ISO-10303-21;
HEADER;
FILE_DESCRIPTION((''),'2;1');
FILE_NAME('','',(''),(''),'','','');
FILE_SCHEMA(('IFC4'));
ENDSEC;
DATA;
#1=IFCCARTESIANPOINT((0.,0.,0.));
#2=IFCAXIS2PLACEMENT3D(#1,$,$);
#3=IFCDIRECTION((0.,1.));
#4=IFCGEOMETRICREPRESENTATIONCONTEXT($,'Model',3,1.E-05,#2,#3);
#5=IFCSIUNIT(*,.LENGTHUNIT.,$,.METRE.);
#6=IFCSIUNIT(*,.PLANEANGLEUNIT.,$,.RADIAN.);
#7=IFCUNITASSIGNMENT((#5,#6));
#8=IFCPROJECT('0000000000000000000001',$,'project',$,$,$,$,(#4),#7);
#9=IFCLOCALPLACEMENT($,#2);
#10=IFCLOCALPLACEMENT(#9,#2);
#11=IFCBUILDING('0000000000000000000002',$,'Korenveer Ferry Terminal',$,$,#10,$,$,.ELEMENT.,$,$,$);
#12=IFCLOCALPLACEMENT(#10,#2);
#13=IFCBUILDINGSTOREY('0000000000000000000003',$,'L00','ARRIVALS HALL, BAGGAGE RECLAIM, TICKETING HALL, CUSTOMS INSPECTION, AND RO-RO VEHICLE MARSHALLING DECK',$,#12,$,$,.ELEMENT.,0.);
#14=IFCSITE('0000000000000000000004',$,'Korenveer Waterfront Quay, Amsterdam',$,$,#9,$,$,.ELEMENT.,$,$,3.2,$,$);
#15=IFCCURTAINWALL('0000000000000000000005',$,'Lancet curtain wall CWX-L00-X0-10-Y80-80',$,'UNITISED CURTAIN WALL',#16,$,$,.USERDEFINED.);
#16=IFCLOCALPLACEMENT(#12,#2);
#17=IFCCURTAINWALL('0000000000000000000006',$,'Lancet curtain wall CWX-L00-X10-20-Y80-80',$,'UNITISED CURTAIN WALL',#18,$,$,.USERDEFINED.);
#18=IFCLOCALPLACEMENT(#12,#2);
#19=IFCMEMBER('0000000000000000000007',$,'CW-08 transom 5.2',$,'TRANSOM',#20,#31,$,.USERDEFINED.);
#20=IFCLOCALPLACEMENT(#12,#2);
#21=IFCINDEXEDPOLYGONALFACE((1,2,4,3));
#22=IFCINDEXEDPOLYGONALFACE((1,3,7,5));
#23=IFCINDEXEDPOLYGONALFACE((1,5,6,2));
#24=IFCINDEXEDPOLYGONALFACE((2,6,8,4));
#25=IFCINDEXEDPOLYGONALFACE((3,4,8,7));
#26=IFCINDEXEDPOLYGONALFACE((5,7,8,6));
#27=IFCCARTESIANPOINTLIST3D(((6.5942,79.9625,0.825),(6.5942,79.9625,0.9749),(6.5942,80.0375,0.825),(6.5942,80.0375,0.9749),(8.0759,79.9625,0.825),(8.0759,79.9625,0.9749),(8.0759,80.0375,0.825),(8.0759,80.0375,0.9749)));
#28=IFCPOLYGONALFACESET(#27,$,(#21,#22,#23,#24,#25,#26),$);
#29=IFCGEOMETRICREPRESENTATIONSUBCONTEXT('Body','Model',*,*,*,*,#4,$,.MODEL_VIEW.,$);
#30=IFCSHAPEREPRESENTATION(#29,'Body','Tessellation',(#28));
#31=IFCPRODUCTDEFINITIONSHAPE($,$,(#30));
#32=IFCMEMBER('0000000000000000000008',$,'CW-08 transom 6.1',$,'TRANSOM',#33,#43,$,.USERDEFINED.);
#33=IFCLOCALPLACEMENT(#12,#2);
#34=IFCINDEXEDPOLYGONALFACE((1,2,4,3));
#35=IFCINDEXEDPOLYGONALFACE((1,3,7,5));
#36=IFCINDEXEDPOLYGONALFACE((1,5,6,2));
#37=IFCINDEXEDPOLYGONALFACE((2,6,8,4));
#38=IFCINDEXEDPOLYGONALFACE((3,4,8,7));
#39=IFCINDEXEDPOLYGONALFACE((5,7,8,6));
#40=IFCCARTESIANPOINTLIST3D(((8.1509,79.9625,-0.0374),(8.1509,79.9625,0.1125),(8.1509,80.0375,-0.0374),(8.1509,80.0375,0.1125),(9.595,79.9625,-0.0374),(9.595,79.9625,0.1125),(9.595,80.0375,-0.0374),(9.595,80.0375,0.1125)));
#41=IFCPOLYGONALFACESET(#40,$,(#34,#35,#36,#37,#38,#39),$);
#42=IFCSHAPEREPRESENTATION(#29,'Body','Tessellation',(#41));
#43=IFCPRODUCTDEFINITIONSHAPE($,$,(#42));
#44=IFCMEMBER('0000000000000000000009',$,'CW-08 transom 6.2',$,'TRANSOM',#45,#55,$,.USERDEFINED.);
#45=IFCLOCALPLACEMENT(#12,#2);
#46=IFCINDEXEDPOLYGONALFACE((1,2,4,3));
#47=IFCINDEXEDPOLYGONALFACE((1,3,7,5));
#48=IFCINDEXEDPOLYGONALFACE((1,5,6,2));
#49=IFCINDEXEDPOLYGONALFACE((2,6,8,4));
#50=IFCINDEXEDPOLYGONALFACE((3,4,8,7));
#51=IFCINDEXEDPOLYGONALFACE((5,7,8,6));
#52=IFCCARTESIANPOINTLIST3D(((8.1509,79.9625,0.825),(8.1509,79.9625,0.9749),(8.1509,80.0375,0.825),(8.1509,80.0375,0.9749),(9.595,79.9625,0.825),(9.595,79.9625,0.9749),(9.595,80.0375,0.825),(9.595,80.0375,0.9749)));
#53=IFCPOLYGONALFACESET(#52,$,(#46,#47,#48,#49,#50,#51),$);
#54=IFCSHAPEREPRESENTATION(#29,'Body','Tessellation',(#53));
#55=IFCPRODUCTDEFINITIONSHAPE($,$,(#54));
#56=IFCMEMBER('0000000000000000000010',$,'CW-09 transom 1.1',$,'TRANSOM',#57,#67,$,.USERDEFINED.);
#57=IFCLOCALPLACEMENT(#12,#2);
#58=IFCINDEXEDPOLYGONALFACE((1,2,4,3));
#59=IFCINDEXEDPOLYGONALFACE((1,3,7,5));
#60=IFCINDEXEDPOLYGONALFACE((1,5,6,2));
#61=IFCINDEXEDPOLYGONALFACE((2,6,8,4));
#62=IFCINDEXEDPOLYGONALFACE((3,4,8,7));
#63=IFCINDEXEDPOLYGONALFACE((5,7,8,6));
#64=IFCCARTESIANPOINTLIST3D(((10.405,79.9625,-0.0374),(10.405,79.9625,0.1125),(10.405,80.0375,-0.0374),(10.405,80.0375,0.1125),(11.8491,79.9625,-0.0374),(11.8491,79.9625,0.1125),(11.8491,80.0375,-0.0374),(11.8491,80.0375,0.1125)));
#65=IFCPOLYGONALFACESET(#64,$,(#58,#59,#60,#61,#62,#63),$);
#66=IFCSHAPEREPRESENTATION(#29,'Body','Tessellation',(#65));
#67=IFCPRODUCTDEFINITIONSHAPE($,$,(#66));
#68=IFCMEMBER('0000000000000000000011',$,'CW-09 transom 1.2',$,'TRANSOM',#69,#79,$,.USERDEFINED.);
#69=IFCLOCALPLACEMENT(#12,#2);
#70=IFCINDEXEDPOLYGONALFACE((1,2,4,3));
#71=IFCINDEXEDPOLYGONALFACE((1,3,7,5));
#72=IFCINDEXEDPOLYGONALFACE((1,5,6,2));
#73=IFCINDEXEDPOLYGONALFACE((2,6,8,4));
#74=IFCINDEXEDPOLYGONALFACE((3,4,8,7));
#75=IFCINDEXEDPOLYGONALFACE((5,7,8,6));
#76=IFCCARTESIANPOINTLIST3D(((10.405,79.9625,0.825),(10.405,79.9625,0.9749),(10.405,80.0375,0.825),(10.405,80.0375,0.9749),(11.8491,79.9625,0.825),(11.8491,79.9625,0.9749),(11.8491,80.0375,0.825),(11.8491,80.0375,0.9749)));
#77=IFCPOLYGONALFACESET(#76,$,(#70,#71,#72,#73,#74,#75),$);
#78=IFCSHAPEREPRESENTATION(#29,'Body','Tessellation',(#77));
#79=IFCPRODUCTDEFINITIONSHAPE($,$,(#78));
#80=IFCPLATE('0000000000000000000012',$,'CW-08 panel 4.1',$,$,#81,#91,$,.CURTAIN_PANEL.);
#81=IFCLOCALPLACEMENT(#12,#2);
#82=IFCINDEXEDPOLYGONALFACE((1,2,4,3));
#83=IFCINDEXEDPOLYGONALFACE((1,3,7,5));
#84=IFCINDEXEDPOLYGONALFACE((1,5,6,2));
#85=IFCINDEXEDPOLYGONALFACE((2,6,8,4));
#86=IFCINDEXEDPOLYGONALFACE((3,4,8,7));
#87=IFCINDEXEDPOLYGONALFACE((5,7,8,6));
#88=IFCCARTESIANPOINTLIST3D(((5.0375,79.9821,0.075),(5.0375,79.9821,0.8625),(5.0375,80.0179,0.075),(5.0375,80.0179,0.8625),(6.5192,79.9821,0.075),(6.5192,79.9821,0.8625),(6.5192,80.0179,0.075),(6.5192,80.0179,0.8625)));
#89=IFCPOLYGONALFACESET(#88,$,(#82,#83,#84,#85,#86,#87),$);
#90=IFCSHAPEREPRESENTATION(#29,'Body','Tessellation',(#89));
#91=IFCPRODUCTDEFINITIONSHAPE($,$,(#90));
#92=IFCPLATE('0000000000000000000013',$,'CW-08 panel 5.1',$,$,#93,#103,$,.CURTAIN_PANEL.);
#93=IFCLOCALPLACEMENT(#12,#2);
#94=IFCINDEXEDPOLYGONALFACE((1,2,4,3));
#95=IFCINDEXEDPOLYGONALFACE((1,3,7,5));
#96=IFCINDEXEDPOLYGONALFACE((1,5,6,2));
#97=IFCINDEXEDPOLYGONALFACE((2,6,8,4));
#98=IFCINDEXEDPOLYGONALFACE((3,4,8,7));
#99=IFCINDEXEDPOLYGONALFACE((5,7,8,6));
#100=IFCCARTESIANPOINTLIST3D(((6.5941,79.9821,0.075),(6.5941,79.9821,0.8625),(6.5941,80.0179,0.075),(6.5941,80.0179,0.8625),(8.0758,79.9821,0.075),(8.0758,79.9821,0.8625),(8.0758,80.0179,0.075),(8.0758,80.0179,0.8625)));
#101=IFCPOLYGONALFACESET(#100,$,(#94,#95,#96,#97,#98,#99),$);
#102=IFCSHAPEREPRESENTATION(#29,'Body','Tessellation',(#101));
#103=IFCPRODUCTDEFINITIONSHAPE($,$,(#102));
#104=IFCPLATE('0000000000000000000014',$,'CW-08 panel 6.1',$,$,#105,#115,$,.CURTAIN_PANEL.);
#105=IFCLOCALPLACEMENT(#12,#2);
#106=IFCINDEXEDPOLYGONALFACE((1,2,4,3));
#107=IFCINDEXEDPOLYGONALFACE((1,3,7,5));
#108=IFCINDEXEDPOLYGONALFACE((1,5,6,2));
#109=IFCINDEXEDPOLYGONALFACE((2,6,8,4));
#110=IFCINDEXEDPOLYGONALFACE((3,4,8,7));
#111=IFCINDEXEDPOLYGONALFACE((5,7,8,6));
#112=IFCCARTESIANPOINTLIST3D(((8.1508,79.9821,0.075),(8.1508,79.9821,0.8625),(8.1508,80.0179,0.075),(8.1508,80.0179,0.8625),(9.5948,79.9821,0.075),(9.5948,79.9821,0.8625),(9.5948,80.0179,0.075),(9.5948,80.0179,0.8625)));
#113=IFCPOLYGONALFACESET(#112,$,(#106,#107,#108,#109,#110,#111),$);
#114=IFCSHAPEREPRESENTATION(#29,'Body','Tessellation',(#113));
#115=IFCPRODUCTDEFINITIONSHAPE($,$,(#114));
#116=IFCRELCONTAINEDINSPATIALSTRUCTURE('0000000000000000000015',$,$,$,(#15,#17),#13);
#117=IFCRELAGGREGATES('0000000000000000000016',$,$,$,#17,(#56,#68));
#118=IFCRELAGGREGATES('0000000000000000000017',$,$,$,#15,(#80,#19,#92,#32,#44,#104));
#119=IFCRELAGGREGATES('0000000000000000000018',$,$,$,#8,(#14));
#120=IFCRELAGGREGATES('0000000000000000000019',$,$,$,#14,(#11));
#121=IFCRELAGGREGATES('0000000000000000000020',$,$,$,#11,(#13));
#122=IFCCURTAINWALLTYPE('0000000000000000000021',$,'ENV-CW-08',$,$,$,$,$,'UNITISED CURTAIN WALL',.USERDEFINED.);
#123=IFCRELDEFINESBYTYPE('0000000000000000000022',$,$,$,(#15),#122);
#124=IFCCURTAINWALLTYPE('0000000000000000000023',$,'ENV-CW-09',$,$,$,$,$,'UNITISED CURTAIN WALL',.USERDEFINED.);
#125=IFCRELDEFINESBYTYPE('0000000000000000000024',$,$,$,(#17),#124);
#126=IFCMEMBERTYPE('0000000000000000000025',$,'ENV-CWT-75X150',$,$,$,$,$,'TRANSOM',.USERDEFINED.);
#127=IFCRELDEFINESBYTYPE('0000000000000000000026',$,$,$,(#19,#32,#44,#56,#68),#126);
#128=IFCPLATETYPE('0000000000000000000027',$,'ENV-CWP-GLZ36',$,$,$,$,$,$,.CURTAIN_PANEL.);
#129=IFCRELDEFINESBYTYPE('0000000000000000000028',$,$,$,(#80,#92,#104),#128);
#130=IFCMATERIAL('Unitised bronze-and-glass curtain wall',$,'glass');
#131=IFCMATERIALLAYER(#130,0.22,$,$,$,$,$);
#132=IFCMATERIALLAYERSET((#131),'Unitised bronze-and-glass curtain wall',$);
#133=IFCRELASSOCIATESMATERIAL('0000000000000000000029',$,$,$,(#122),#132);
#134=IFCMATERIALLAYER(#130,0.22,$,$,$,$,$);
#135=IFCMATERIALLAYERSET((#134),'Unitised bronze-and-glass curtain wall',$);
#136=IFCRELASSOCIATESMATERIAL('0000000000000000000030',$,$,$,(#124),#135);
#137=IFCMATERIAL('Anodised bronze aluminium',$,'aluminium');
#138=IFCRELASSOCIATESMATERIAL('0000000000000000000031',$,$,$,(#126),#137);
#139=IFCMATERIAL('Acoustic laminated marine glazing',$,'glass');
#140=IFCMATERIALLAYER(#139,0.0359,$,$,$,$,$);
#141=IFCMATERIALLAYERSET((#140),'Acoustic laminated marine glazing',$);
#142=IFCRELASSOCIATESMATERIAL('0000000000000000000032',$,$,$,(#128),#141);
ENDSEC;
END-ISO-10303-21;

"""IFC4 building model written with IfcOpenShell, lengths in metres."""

from ifc_helpers import new_model, si_unit, direction, frame, origin, origin_2d, place, context, subcontext, project, spatial, rectangle, extrude, material, layer, layer_set, material_profile, profile_set, type_object, element, aggregate, save


model = new_model("IFC4")

# Units and contexts
model_context = context("Model", 3, precision=1e-05, world=origin(), true_north=direction((0.0, 1.0)))
body_context = subcontext(model_context, "Body", "Model", "MODEL_VIEW")
ifc_project = project(units=[si_unit("LENGTHUNIT", "METRE"), si_unit("PLANEANGLEUNIT", "RADIAN")], contexts=[model_context])

# Site, building, storey
site_placement = place(None, origin())
site = spatial("IfcSite", under=ifc_project, at=site_placement, Name="Korenveer Waterfront Quay, Amsterdam", CompositionType="ELEMENT", RefElevation=3.2)
building_placement = place(site_placement, origin())
building = spatial("IfcBuilding", under=site, at=building_placement, Name="Korenveer Ferry Terminal", CompositionType="ELEMENT")
storey_placement = place(building_placement, origin())
storey = spatial("IfcBuildingStorey", under=building, at=storey_placement, Name="L00", Description="ARRIVALS HALL, BAGGAGE RECLAIM, TICKETING HALL, CUSTOMS INSPECTION, AND RO-RO VEHICLE MARSHALLING DECK", CompositionType="ELEMENT", Elevation=0.0)

# Curtain wall
ifc_material_1 = material(Name="Unitised bronze-and-glass curtain wall", Category="glass")
ifc_layer_1 = layer(ifc_material_1, 0.22)
ifc_layer_set_1 = layer_set([ifc_layer_1], Name="Unitised bronze-and-glass curtain wall")
curtain_wall_type_1 = type_object("IfcCurtainWallType", Name="ENV-CW-08", ElementType="UNITISED CURTAIN WALL", PredefinedType="USERDEFINED", material=ifc_layer_set_1)
curtain_wall_1_placement = place(storey_placement, frame((0.3301, 80.0, 0.0)))
curtain_wall_1 = element("IfcCurtainWall", 1, at=curtain_wall_1_placement, inside=storey, type_object=curtain_wall_type_1, Name="Lancet curtain wall CWX-L00-X0-10-Y80-80", ObjectType="UNITISED CURTAIN WALL", PredefinedType="USERDEFINED")
ifc_material_2 = material(Name="Anodised bronze aluminium", Category="aluminium")

# Curtain wall
ifc_layer_2 = layer(ifc_material_1, 0.22)
ifc_layer_set_2 = layer_set([ifc_layer_2], Name="Unitised bronze-and-glass curtain wall")
curtain_wall_type_2 = type_object("IfcCurtainWallType", Name="ENV-CW-09", ElementType="UNITISED CURTAIN WALL", PredefinedType="USERDEFINED", material=ifc_layer_set_2)
curtain_wall_2_placement = place(storey_placement, frame((10.3301, 80.0, 0.0)))
curtain_wall_2 = element("IfcCurtainWall", 2, at=curtain_wall_2_placement, inside=storey, type_object=curtain_wall_type_2, Name="Lancet curtain wall CWX-L00-X10-20-Y80-80", ObjectType="UNITISED CURTAIN WALL", PredefinedType="USERDEFINED")

# Members
ifc_material_profile_1 = material_profile(ifc_material_2, rectangle(XDim=0.075, YDim=0.1499, at=origin_2d()), Name="ALU 75x150")
ifc_profile_set_1 = profile_set([ifc_material_profile_1], Name="Anodised bronze aluminium")
member_type_1 = type_object("IfcMemberType", Name="ENV-CWT-75X150", ElementType="TRANSOM", PredefinedType="USERDEFINED", material=ifc_profile_set_1)
member_1_placement = place(storey_placement, frame((6.5942, 80.0, 0.8999), z_axis=(1.0, 0.0, 0.0), x_axis=(0.0, 1.0, 0.0)))
member_1 = element("IfcMember", 3, at=member_1_placement, type_object=member_type_1, Name="CW-08 transom 5.2", ObjectType="TRANSOM", PredefinedType="USERDEFINED", context=body_context, shape_type="SweptSolid", body=[
    extrude(rectangle(XDim=0.075, YDim=0.1499, at=origin_2d()), origin(), (0.0, 0.0, 1.0), 1.4817),
])
member_2_placement = place(storey_placement, frame((8.1509, 80.0, 0.0376), z_axis=(1.0, 0.0, 0.0), x_axis=(0.0, 1.0, 0.0)))
member_2 = element("IfcMember", 4, at=member_2_placement, type_object=member_type_1, Name="CW-08 transom 6.1", ObjectType="TRANSOM", PredefinedType="USERDEFINED", context=body_context, shape_type="SweptSolid", body=[
    extrude(rectangle(XDim=0.075, YDim=0.1499, at=origin_2d()), origin(), (0.0, 0.0, 1.0), 1.4441),
])
member_3_placement = place(storey_placement, frame((8.1509, 80.0, 0.8999), z_axis=(1.0, 0.0, 0.0), x_axis=(0.0, 1.0, 0.0)))
member_3 = element("IfcMember", 5, at=member_3_placement, type_object=member_type_1, Name="CW-08 transom 6.2", ObjectType="TRANSOM", PredefinedType="USERDEFINED", context=body_context, shape_type="SweptSolid", body=[
    extrude(rectangle(XDim=0.075, YDim=0.1499, at=origin_2d()), origin(), (0.0, 0.0, 1.0), 1.4441),
])
member_4_placement = place(storey_placement, frame((10.405, 80.0, 0.0376), z_axis=(1.0, 0.0, 0.0), x_axis=(0.0, 1.0, 0.0)))
member_4 = element("IfcMember", 6, at=member_4_placement, type_object=member_type_1, Name="CW-09 transom 1.1", ObjectType="TRANSOM", PredefinedType="USERDEFINED", context=body_context, shape_type="SweptSolid", body=[
    extrude(rectangle(XDim=0.075, YDim=0.1499, at=origin_2d()), origin(), (0.0, 0.0, 1.0), 1.4441),
])
member_5_placement = place(storey_placement, frame((10.405, 80.0, 0.8999), z_axis=(1.0, 0.0, 0.0), x_axis=(0.0, 1.0, 0.0)))
member_5 = element("IfcMember", 7, at=member_5_placement, type_object=member_type_1, Name="CW-09 transom 1.2", ObjectType="TRANSOM", PredefinedType="USERDEFINED", context=body_context, shape_type="SweptSolid", body=[
    extrude(rectangle(XDim=0.075, YDim=0.1499, at=origin_2d()), origin(), (0.0, 0.0, 1.0), 1.4441),
])
aggregate(curtain_wall_2, [member_4, member_5])

# Plates
ifc_material_3 = material(Name="Acoustic laminated marine glazing", Category="glass")
ifc_layer_3 = layer(ifc_material_3, 0.0359)
ifc_layer_set_3 = layer_set([ifc_layer_3], Name="Acoustic laminated marine glazing")
plate_type = type_object("IfcPlateType", Name="ENV-CWP-GLZ36", PredefinedType="CURTAIN_PANEL", material=ifc_layer_set_3)
plate_1_placement = place(storey_placement, frame((5.7783, 80.0, 0.075), z_axis=(0.0, 0.0, 1.0), x_axis=(1.0, 0.0, 0.0)))
plate_1 = element("IfcPlate", 8, at=plate_1_placement, type_object=plate_type, Name="CW-08 panel 4.1", PredefinedType="CURTAIN_PANEL", context=body_context, shape_type="SweptSolid", body=[
    extrude(rectangle(XDim=1.4817, YDim=0.0359, at=origin_2d()), origin(), (0.0, 0.0, 1.0), 0.7876),
])
plate_2_placement = place(storey_placement, frame((7.335, 80.0, 0.075), z_axis=(0.0, 0.0, 1.0), x_axis=(1.0, 0.0, 0.0)))
plate_2 = element("IfcPlate", 9, at=plate_2_placement, type_object=plate_type, Name="CW-08 panel 5.1", PredefinedType="CURTAIN_PANEL", context=body_context, shape_type="SweptSolid", body=[
    extrude(rectangle(XDim=1.4817, YDim=0.0359, at=origin_2d()), origin(), (0.0, 0.0, 1.0), 0.7876),
])
plate_3_placement = place(storey_placement, frame((8.8728, 80.0, 0.075), z_axis=(0.0, 0.0, 1.0), x_axis=(1.0, 0.0, 0.0)))
plate_3 = element("IfcPlate", 10, at=plate_3_placement, type_object=plate_type, Name="CW-08 panel 6.1", PredefinedType="CURTAIN_PANEL", context=body_context, shape_type="SweptSolid", body=[
    extrude(rectangle(XDim=1.4441, YDim=0.0359, at=origin_2d()), origin(), (0.0, 0.0, 1.0), 0.7876),
])
aggregate(curtain_wall_1, [plate_1, member_1, plate_2, member_2, member_3, plate_3])

save(model, "model.ifc")
